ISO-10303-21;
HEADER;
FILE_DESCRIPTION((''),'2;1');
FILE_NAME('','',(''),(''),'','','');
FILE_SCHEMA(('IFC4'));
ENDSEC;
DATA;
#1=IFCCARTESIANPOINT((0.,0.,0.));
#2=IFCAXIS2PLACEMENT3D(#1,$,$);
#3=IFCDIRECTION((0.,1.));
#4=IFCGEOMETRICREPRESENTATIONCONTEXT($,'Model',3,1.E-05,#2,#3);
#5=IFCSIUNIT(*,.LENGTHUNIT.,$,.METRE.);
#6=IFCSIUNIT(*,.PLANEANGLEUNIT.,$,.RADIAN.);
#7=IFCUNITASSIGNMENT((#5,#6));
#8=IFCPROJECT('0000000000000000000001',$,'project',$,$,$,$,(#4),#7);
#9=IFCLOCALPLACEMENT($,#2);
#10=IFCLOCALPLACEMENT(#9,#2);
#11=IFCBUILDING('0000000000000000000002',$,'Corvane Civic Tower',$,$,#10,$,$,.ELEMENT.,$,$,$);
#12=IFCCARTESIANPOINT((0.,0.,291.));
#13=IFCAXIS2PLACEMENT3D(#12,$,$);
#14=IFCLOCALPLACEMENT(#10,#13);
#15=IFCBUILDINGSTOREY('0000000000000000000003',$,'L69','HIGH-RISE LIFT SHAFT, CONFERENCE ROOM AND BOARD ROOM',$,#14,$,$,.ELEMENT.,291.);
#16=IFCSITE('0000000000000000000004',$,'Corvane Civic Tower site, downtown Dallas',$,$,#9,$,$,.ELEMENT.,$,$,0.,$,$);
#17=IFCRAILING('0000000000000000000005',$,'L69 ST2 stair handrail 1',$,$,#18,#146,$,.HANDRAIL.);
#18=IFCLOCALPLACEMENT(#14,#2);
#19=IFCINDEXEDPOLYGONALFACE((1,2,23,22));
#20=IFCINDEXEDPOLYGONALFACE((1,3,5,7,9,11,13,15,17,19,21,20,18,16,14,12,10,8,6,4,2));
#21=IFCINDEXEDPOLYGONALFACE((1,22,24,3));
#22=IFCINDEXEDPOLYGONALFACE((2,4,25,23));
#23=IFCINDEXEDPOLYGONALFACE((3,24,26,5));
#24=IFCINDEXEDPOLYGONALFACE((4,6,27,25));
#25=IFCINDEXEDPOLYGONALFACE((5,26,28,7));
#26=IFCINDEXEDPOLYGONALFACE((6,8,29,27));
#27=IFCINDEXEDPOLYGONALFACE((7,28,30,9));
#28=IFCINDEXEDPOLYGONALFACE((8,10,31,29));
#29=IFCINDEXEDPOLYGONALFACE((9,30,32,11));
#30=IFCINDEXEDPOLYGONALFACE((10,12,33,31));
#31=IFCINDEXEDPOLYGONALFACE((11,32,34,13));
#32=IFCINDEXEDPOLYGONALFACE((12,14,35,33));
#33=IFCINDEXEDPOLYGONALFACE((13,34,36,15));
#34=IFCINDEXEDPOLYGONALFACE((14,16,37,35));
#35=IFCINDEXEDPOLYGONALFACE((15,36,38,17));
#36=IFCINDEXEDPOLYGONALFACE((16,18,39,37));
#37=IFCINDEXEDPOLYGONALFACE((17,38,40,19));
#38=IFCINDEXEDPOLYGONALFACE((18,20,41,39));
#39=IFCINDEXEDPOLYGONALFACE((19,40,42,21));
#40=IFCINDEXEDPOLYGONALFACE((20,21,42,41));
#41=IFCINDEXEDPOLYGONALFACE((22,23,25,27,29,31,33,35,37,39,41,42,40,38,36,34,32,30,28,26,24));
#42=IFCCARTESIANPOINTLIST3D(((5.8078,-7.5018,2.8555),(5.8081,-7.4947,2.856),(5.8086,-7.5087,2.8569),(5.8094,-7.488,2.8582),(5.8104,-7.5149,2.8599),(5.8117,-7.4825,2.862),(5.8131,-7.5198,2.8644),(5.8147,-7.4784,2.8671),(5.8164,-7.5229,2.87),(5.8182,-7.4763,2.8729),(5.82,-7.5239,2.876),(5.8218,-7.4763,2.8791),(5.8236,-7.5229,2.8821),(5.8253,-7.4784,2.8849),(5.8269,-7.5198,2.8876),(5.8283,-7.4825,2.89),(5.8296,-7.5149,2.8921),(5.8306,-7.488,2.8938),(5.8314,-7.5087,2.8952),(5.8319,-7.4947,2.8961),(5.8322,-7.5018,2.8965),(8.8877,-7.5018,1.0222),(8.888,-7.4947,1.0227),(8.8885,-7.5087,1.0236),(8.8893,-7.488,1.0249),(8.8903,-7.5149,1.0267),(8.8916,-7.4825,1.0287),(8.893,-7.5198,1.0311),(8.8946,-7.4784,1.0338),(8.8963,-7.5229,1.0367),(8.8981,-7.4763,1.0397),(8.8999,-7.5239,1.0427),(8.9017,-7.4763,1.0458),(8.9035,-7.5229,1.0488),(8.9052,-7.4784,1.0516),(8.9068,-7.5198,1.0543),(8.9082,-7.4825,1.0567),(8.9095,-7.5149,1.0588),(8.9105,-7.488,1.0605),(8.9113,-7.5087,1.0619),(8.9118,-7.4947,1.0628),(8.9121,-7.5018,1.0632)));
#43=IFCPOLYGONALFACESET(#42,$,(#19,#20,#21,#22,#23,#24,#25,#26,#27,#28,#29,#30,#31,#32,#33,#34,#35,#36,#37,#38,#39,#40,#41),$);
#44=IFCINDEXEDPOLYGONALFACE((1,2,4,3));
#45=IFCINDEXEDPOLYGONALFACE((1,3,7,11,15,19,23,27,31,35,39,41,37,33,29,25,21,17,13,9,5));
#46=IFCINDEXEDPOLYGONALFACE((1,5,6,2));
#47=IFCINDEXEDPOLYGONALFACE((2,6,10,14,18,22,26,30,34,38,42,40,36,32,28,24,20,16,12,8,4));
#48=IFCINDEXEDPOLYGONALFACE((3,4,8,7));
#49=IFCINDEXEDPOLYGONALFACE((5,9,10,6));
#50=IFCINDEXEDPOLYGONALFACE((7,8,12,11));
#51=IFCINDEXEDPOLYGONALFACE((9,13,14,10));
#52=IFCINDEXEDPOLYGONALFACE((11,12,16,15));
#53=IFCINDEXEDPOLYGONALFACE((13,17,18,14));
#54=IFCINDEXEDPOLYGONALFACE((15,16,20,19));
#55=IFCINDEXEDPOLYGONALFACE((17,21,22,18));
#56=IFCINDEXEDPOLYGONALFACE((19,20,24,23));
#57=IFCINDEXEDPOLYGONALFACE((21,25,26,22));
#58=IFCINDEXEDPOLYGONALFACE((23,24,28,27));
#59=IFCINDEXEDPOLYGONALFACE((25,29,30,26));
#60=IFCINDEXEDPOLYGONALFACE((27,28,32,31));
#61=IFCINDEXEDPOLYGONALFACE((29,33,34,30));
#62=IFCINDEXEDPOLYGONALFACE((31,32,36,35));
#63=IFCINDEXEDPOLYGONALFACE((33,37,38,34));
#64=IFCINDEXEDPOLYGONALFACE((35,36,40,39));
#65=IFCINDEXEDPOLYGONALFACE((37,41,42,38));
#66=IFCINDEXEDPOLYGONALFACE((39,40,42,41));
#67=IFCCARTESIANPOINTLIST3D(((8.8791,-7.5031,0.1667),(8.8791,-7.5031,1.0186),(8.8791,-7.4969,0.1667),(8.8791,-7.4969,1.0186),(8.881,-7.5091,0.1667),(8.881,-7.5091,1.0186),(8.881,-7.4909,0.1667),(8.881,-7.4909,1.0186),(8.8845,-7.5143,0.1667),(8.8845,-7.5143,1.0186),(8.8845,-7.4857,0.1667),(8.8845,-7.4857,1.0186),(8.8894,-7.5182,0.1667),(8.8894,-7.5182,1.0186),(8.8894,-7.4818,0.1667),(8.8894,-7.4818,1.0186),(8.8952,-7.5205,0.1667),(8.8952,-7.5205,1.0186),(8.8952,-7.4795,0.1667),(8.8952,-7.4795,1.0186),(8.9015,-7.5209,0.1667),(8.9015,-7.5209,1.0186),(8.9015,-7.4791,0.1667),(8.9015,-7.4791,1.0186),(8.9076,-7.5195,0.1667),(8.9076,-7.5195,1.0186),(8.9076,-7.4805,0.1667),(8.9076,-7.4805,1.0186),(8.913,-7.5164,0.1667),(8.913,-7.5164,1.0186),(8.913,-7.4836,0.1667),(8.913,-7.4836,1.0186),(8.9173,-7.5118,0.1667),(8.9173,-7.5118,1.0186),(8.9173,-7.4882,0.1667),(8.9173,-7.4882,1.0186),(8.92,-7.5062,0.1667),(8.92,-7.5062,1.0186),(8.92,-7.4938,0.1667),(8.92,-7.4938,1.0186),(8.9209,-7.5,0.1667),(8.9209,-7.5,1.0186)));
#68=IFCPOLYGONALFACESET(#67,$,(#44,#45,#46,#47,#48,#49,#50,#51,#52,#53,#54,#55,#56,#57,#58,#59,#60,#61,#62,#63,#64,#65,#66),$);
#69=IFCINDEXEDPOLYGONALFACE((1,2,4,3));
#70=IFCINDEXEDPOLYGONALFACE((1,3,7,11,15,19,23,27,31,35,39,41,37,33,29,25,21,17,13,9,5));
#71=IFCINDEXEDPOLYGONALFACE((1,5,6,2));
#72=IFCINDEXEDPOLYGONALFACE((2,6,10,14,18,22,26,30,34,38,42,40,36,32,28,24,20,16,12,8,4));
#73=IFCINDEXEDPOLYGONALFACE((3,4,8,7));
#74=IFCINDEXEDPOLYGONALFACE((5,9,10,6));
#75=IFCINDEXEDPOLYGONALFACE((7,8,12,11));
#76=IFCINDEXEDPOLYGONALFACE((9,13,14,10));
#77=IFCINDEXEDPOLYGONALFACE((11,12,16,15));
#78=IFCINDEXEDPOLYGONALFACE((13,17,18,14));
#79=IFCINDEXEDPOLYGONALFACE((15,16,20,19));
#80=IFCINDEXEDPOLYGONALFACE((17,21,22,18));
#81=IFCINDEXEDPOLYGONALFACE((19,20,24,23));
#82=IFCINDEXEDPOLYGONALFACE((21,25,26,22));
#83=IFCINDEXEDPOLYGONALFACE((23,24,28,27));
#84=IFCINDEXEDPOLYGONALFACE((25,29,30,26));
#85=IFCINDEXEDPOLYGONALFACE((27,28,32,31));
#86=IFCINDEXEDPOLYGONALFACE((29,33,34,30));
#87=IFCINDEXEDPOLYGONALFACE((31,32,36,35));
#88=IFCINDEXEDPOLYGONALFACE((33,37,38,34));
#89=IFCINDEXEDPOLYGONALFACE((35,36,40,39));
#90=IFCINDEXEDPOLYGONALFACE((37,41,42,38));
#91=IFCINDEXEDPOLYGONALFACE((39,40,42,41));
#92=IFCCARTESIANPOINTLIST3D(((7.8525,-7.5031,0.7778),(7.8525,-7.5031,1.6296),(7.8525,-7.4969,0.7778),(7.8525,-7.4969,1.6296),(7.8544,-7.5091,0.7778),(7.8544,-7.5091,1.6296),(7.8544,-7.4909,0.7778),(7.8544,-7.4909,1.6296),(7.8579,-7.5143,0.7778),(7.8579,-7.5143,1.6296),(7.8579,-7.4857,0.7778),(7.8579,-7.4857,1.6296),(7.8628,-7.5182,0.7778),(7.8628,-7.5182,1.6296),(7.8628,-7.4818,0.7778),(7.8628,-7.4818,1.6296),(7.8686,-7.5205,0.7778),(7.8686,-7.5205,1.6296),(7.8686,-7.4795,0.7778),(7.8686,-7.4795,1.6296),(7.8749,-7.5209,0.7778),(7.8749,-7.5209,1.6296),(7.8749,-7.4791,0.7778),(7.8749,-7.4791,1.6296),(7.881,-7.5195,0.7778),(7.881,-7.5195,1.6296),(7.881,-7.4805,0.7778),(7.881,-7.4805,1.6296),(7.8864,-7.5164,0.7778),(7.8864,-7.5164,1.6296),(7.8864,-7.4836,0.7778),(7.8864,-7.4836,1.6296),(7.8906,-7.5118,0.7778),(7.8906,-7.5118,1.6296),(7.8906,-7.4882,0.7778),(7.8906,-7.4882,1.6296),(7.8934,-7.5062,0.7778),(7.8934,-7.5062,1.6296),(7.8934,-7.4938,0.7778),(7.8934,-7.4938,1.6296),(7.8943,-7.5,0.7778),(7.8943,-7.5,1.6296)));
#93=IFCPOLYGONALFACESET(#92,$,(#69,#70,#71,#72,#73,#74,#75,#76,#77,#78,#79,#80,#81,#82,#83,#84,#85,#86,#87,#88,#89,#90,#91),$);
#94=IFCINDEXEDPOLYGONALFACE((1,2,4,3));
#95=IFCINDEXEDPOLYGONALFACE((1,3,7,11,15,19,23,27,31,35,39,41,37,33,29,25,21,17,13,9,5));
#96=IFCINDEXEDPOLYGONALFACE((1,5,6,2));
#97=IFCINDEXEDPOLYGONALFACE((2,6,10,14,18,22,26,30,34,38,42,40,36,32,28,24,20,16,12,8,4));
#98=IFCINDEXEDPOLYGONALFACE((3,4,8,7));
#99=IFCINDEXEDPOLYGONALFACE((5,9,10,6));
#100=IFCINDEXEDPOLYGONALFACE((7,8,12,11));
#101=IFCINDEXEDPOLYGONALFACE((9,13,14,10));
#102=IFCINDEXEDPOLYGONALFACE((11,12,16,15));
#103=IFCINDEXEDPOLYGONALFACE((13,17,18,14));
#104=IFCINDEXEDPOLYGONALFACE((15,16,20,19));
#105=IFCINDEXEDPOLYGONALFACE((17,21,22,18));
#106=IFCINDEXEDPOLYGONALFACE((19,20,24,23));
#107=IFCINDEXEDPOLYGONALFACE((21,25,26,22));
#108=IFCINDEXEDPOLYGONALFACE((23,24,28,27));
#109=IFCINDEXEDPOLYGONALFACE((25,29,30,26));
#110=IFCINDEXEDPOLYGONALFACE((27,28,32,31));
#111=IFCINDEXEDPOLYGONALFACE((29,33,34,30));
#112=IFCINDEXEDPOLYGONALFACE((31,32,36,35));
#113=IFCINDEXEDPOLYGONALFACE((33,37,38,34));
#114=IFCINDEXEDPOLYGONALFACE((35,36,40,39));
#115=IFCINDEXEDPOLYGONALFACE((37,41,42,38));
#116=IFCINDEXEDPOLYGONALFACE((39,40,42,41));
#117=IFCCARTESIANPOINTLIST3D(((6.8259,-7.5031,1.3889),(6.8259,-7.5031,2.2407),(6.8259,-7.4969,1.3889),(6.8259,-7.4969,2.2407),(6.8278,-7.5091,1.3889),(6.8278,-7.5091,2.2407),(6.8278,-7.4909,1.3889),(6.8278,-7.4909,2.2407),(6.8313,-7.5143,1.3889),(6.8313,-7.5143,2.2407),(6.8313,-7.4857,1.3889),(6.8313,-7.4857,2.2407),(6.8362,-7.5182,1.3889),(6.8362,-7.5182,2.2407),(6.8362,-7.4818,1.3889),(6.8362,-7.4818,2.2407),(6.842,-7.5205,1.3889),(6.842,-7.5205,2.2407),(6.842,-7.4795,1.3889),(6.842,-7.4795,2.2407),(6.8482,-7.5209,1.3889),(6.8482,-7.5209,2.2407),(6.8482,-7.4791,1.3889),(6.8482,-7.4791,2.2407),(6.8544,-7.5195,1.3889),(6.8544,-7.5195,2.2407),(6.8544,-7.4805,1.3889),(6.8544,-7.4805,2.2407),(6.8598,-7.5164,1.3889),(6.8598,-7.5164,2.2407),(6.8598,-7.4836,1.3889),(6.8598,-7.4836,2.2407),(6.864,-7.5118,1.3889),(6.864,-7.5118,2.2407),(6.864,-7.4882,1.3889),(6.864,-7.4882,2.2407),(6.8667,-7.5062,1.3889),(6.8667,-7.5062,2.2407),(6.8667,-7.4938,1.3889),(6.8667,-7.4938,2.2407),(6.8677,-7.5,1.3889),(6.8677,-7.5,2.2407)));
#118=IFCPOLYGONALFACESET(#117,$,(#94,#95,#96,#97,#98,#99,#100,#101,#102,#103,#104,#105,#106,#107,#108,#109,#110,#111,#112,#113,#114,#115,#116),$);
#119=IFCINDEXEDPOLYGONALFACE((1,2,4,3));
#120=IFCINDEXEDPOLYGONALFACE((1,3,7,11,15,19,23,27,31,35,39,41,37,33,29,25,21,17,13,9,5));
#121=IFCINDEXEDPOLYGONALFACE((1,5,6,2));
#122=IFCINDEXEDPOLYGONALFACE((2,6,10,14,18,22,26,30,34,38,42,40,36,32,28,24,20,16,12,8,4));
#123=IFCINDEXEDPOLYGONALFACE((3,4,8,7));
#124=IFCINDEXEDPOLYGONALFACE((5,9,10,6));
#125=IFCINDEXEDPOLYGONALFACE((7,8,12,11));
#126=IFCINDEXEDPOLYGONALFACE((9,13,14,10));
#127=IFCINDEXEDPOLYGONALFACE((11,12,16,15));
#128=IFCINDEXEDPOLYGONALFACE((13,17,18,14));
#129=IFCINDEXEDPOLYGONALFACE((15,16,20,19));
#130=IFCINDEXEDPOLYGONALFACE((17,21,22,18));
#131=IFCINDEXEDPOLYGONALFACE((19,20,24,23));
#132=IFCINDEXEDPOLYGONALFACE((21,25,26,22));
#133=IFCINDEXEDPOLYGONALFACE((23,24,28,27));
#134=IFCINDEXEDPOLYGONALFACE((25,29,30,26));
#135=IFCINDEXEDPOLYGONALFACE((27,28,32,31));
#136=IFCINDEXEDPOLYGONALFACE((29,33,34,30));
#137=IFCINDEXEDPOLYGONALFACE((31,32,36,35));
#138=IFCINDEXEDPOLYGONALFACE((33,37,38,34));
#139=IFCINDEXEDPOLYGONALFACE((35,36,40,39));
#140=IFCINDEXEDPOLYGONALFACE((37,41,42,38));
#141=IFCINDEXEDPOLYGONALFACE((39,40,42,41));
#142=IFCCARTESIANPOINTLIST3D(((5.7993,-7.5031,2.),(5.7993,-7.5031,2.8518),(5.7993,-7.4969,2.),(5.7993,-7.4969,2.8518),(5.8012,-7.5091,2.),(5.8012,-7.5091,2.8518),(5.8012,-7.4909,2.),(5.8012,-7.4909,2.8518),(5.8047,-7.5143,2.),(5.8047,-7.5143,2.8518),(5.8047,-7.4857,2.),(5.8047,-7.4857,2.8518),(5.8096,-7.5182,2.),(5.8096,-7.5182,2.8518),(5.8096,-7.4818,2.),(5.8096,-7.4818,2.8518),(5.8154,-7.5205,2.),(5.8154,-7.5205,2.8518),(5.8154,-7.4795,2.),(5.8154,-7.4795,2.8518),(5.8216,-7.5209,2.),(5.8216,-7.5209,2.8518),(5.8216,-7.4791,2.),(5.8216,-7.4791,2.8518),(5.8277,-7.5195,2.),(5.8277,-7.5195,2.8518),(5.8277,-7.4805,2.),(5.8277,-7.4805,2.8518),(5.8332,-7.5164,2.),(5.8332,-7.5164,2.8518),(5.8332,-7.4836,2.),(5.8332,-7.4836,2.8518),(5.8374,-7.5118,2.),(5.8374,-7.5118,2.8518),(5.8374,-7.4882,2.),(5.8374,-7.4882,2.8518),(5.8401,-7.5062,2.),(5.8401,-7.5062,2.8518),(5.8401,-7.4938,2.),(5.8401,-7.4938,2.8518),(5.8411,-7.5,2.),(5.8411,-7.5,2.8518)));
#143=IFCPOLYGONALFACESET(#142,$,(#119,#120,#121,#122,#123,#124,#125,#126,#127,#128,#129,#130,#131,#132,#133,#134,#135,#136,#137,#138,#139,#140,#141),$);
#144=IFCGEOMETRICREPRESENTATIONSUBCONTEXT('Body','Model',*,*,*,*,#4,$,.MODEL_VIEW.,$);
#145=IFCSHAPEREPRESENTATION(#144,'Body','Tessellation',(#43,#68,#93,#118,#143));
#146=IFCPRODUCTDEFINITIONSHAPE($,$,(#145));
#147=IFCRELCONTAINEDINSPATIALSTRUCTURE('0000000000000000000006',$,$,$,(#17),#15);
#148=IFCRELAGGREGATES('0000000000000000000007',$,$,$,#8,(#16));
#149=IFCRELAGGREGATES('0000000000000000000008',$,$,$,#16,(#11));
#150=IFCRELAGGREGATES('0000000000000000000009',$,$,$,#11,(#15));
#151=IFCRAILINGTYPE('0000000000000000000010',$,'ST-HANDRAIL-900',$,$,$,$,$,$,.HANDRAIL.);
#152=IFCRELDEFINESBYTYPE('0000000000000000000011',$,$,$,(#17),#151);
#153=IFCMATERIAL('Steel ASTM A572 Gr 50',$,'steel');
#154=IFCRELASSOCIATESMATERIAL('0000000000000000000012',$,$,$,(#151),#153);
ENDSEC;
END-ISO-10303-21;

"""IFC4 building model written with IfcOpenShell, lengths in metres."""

from ifc_helpers import new_model, si_unit, direction, frame, origin, origin_2d, place, context, subcontext, project, spatial, circle, extrude, material, type_object, element, save


model = new_model("IFC4")

# Units and contexts
model_context = context("Model", 3, precision=1e-05, world=origin(), true_north=direction((0.0, 1.0)))
body_context = subcontext(model_context, "Body", "Model", "MODEL_VIEW")
ifc_project = project(units=[si_unit("LENGTHUNIT", "METRE"), si_unit("PLANEANGLEUNIT", "RADIAN")], contexts=[model_context])

# Site, building, storey
site_placement = place(None, origin())
site = spatial("IfcSite", under=ifc_project, at=site_placement, Name="Corvane Civic Tower site, downtown Dallas", CompositionType="ELEMENT", RefElevation=0.0)
building_placement = place(site_placement, origin())
building = spatial("IfcBuilding", under=site, at=building_placement, Name="Corvane Civic Tower", CompositionType="ELEMENT")
storey_placement = place(building_placement, frame((0.0, 0.0, 291.0)))
storey = spatial("IfcBuildingStorey", under=building, at=storey_placement, Name="L69", Description="HIGH-RISE LIFT SHAFT, CONFERENCE ROOM AND BOARD ROOM", CompositionType="ELEMENT", Elevation=291.0)

# Railing
ifc_material_1 = material(Name="Steel ASTM A572 Gr 50", Category="steel")
railing_type_1 = type_object("IfcRailingType", Name="ST-HANDRAIL-900", PredefinedType="HANDRAIL", material=ifc_material_1)
railing_1_placement = place(storey_placement, frame((8.8999, -7.5, 0.1667)))
element("IfcRailing", 1, at=railing_1_placement, inside=storey, type_object=railing_type_1, Name="L69 ST2 stair handrail 1", PredefinedType="HANDRAIL", context=body_context, shape_type="SweptSolid", body=[
    extrude(circle(Radius=0.0239, at=origin_2d()), frame((0.0, 0.0, 0.876), z_axis=(-0.859291, 0.0, 0.511487), x_axis=(0.0, -1.0, 0.0)), (0.0, 0.0, 1.0), 3.5842),
    extrude(circle(Radius=0.021, at=origin_2d()), origin(), (0.0, 0.0, 1.0), 0.8518),
    extrude(circle(Radius=0.021, at=origin_2d()), frame((-1.0266, 0.0, 0.6111)), (0.0, 0.0, 1.0), 0.8518),
    extrude(circle(Radius=0.021, at=origin_2d()), frame((-2.0532, 0.0, 1.2222)), (0.0, 0.0, 1.0), 0.8518),
    extrude(circle(Radius=0.021, at=origin_2d()), frame((-3.0798, 0.0, 1.8333)), (0.0, 0.0, 1.0), 0.8518),
])

save(model, "model.ifc")
